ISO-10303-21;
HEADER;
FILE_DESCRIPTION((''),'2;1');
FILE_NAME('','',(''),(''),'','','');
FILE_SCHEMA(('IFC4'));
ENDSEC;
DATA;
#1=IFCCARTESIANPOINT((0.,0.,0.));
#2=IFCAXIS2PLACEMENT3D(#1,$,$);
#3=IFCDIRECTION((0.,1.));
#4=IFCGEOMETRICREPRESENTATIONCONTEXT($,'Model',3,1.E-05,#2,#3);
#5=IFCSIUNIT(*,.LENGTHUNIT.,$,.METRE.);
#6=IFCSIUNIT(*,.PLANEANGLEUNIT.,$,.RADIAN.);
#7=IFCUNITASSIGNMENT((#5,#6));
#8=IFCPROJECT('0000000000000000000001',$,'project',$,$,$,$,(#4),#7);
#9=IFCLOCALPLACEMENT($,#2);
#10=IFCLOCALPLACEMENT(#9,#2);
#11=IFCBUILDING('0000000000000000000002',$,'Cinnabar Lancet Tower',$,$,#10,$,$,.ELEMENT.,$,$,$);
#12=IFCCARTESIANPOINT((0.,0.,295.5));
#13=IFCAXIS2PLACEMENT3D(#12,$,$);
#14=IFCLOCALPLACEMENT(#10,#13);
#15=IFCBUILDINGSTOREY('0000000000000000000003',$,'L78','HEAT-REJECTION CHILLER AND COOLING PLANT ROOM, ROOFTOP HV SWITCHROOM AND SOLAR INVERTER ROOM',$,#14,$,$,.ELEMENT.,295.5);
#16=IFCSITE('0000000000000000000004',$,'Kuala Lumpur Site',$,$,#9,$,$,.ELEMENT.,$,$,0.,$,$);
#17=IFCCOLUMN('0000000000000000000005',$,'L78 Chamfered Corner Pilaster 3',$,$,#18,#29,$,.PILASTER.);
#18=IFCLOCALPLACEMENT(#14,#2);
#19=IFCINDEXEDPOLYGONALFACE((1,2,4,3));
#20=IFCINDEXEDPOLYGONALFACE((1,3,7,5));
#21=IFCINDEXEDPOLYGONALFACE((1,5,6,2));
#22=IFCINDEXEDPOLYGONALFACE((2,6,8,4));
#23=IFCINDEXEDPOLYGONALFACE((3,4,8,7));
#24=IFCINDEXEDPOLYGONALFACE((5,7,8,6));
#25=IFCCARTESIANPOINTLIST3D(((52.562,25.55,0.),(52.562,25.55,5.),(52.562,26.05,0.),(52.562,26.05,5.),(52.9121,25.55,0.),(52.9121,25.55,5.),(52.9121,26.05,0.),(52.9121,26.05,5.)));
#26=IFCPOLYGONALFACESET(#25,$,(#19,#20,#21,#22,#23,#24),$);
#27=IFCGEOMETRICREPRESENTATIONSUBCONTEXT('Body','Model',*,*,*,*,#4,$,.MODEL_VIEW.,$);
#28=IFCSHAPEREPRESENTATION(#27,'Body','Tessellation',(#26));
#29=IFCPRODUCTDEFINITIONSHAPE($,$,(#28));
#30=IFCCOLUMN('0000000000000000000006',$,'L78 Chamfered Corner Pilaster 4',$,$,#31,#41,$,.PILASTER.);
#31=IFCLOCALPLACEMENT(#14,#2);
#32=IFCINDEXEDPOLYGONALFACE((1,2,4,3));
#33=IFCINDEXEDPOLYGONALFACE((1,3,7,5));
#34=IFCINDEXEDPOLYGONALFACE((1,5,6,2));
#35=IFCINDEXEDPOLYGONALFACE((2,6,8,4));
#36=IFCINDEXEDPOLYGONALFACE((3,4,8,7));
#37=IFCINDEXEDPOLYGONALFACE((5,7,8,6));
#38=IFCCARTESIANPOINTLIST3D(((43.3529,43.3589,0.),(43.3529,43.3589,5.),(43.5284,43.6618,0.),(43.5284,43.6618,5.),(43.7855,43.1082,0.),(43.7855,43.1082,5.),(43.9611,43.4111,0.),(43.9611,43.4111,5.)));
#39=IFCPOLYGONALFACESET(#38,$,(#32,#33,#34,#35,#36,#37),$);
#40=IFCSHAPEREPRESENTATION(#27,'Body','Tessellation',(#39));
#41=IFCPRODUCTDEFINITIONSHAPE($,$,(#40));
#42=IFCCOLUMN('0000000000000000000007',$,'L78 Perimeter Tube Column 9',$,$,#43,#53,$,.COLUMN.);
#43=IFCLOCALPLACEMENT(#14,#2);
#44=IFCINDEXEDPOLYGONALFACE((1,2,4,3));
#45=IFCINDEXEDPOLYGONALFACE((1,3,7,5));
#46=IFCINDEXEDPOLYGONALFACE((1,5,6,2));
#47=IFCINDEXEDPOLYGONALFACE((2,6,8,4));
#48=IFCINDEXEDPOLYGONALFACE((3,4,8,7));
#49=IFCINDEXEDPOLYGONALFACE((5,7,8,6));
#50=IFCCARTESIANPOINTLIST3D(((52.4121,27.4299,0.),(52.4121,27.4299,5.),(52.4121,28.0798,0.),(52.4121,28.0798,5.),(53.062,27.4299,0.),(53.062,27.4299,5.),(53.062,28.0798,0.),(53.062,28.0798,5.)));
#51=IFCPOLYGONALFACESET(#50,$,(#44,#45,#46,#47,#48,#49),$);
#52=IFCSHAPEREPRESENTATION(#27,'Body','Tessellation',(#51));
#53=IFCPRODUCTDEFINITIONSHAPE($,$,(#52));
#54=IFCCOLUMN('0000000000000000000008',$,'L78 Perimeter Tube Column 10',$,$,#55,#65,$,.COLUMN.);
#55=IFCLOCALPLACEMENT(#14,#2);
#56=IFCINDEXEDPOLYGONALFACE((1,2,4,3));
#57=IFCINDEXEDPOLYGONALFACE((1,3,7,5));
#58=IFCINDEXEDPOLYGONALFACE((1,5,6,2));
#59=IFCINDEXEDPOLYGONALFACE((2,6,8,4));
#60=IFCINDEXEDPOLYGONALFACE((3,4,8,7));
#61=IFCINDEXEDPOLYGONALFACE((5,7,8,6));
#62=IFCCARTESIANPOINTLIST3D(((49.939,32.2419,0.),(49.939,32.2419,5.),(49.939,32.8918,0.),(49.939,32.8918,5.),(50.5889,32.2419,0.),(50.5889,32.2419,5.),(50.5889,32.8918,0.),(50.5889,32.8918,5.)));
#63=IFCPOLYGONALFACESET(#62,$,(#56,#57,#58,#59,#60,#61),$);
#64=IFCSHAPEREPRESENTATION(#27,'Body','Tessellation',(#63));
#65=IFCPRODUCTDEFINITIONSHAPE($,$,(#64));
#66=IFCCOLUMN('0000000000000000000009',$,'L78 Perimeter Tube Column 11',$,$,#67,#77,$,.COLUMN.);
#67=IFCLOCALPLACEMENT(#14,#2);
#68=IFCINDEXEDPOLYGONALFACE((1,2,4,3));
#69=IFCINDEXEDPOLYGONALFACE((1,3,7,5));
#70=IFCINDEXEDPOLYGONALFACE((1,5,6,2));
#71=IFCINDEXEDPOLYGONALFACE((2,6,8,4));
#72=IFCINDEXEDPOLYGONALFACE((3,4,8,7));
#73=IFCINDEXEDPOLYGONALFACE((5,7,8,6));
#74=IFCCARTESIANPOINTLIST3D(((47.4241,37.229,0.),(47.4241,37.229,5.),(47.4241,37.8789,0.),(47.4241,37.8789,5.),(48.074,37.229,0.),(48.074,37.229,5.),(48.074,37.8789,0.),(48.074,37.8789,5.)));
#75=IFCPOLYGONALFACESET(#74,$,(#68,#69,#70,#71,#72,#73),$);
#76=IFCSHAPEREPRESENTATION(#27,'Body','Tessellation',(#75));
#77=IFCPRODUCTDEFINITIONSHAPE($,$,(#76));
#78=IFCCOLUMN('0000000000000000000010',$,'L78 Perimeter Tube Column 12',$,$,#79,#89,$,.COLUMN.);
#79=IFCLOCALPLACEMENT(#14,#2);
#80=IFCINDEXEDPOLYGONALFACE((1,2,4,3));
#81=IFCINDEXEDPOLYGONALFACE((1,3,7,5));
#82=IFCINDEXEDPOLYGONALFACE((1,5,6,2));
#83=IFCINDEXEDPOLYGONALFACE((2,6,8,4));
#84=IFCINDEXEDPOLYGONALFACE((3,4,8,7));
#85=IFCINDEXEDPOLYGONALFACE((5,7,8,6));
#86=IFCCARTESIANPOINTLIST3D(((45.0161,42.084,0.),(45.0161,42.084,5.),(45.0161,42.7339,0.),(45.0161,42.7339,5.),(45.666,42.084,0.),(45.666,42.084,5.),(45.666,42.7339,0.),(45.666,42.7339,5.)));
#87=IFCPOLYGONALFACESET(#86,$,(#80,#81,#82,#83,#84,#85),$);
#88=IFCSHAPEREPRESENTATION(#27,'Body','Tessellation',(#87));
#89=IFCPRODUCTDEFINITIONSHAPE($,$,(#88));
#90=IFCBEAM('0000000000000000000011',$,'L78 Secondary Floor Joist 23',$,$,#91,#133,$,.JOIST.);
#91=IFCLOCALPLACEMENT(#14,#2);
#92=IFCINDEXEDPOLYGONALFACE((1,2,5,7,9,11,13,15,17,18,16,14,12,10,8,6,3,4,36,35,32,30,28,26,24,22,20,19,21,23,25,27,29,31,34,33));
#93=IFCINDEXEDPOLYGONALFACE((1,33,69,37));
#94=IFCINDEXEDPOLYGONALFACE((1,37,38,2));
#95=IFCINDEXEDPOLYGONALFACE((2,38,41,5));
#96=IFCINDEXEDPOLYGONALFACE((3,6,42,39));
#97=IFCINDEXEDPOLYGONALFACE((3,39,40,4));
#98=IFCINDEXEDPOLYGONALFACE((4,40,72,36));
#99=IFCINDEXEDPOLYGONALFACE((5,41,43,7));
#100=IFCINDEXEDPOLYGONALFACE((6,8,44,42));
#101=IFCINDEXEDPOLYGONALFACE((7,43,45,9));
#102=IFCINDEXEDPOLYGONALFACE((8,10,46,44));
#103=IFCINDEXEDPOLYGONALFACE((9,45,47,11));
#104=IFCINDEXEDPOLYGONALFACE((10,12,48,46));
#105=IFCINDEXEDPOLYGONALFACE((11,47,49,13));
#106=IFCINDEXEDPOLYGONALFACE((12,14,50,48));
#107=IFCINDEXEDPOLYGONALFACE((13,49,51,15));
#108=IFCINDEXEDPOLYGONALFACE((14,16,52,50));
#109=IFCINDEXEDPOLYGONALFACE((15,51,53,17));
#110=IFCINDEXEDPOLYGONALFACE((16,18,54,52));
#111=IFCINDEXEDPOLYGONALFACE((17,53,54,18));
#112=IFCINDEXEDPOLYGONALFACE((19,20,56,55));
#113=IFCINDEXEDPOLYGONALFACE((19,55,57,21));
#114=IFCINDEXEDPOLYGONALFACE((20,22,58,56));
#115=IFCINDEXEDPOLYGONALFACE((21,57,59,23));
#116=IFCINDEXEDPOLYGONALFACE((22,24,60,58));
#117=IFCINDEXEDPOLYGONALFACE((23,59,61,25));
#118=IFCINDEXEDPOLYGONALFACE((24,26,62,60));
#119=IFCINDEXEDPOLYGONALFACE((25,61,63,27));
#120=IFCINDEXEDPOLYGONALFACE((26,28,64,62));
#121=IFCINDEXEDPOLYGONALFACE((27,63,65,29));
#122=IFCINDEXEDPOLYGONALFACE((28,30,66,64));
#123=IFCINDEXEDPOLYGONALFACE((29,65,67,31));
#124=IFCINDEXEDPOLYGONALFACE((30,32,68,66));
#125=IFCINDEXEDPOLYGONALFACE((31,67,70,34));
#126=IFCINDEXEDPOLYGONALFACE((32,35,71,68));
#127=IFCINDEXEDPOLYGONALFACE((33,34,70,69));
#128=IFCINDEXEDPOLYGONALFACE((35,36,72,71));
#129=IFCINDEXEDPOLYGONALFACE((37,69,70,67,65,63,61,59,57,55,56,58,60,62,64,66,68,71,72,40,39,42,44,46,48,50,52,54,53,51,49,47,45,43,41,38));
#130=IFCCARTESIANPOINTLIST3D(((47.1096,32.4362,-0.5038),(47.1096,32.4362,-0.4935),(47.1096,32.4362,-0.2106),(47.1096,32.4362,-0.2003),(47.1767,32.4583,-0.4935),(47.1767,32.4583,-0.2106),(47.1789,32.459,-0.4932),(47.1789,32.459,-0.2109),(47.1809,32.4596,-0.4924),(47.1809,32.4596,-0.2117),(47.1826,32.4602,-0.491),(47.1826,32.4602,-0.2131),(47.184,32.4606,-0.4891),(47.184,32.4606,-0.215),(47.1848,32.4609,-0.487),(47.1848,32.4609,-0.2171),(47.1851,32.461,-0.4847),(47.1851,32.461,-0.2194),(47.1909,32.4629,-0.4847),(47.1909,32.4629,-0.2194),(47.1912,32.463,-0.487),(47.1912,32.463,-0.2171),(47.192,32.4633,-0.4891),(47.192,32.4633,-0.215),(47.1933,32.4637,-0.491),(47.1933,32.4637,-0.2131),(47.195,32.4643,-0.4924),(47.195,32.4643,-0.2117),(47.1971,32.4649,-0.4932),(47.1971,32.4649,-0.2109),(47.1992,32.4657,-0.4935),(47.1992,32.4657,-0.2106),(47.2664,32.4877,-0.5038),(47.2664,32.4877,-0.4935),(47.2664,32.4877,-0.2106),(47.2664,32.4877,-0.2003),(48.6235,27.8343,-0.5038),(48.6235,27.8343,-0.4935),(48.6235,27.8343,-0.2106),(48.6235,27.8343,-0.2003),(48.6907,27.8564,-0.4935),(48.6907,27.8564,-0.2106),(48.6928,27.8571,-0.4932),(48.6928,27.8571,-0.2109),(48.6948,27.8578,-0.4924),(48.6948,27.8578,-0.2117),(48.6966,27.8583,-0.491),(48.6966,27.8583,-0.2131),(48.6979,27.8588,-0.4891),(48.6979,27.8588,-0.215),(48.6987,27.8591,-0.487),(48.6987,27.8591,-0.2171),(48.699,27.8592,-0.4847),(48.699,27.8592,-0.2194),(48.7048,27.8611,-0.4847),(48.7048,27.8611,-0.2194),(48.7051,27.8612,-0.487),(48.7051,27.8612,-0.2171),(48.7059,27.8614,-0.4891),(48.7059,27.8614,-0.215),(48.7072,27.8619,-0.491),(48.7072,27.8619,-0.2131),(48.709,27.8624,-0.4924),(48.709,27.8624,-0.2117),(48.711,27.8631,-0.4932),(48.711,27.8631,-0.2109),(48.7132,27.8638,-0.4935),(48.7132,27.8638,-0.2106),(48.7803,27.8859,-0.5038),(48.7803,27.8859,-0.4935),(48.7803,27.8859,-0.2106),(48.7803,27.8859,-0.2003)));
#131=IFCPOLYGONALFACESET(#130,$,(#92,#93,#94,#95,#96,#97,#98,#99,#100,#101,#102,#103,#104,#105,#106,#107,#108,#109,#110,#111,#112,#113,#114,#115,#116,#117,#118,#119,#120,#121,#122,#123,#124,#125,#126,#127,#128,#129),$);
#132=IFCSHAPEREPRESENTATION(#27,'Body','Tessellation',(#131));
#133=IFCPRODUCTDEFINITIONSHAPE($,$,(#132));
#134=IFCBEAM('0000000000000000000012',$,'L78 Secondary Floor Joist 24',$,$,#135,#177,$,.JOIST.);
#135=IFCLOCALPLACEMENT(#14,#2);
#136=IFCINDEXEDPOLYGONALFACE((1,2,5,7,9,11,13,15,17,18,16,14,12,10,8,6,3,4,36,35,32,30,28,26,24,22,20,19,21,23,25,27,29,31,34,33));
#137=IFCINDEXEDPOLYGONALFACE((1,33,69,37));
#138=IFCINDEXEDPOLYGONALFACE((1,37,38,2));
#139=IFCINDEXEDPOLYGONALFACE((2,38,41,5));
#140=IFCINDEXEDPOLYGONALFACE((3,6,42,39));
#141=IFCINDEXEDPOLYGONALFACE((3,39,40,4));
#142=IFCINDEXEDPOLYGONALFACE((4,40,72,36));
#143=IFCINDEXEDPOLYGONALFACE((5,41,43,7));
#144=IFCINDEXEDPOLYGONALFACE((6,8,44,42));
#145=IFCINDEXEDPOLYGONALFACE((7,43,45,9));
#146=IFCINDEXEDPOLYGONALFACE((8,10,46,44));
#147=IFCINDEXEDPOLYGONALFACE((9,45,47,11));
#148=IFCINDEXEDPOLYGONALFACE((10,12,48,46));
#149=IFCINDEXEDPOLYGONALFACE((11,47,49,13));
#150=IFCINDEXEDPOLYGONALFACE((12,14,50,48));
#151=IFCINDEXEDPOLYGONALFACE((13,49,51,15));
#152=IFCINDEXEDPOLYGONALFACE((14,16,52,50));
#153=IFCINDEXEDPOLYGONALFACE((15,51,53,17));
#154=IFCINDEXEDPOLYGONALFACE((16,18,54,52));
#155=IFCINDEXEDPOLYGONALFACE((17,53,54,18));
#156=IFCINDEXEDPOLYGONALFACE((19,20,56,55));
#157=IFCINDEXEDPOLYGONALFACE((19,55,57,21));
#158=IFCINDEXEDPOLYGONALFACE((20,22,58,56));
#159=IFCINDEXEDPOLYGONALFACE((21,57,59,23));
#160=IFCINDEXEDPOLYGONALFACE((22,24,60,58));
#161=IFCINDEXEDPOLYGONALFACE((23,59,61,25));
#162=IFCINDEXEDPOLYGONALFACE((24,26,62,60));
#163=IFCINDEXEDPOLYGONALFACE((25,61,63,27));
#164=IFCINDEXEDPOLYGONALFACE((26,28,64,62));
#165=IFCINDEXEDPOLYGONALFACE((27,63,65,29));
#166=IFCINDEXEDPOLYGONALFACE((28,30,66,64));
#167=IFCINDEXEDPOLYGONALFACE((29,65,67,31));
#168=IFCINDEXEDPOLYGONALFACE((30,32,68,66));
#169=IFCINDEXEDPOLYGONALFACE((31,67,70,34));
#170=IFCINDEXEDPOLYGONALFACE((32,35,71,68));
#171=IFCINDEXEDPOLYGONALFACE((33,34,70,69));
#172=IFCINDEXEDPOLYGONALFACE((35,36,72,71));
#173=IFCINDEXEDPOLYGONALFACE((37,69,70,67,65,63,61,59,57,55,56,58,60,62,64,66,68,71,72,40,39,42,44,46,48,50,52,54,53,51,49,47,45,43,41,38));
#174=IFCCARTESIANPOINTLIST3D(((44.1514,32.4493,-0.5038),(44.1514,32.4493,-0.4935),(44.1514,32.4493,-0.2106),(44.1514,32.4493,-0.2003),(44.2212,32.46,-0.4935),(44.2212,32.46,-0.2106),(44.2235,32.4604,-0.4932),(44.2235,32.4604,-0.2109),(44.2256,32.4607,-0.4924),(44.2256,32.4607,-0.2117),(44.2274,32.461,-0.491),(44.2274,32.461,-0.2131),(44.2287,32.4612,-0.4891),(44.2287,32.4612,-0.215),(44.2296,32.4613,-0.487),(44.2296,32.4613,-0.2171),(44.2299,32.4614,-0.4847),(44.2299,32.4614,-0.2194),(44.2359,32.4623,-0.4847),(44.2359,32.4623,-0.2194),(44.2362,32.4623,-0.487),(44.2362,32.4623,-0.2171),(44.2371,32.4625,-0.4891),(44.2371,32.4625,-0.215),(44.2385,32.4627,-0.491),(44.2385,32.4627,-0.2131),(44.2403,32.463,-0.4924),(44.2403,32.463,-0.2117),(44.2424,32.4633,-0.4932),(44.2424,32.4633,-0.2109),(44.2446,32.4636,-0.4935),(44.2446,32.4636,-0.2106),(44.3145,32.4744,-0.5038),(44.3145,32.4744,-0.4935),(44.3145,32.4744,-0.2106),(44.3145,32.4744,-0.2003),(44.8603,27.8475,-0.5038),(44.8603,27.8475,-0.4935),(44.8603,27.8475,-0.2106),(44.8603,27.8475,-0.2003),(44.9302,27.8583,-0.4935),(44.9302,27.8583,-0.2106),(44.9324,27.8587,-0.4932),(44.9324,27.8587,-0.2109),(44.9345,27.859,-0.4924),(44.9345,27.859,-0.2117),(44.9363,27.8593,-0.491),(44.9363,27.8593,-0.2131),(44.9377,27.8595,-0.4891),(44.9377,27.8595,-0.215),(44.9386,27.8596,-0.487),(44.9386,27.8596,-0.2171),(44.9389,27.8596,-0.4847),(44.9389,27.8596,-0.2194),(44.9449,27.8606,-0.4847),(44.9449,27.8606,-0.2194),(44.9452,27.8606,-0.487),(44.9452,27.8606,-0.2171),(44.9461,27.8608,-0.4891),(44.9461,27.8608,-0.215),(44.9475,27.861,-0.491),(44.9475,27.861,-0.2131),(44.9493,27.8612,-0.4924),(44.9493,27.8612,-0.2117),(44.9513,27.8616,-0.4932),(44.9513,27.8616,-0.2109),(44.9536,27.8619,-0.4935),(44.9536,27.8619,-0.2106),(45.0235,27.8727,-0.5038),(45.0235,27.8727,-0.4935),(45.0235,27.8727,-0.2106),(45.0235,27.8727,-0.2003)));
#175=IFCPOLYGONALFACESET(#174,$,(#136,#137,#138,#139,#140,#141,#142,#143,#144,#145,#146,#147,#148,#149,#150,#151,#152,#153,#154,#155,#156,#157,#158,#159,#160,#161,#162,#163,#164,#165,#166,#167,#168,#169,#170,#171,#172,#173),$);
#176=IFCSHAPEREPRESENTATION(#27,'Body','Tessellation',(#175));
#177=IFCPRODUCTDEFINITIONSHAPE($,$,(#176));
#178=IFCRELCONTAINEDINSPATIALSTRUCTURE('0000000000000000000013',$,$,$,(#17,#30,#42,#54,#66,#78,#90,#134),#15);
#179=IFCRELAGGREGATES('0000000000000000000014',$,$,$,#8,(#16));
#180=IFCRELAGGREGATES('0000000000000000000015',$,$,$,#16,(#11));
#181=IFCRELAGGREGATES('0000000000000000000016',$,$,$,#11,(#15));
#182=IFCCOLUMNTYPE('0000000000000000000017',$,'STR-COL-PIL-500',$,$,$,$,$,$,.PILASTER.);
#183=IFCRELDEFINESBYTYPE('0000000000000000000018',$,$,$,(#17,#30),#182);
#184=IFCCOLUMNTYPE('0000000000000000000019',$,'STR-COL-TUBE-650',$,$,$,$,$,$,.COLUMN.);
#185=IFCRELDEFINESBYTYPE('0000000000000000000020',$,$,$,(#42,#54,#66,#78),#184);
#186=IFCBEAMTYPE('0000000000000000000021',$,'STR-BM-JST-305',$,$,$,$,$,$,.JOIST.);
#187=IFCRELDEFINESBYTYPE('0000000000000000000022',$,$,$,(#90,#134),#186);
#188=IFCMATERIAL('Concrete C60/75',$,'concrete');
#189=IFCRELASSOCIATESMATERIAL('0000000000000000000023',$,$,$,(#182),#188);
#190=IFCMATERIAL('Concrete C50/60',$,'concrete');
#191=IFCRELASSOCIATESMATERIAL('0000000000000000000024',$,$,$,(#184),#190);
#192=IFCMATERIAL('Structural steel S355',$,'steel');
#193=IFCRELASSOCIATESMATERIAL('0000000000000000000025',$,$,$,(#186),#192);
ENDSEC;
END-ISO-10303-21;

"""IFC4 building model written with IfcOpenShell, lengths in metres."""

from ifc_helpers import new_model, si_unit, direction, frame, origin, origin_2d, place, context, subcontext, project, spatial, rectangle, i_section, extrude, material, material_profile, profile_set, type_object, element, save


model = new_model("IFC4")

# Units and contexts
model_context = context("Model", 3, precision=1e-05, world=origin(), true_north=direction((0.0, 1.0)))
body_context = subcontext(model_context, "Body", "Model", "MODEL_VIEW")
ifc_project = project(units=[si_unit("LENGTHUNIT", "METRE"), si_unit("PLANEANGLEUNIT", "RADIAN")], contexts=[model_context])

# Site, building, storey
site_placement = place(None, origin())
site = spatial("IfcSite", under=ifc_project, at=site_placement, Name="Kuala Lumpur Site", CompositionType="ELEMENT", RefElevation=0.0)
building_placement = place(site_placement, origin())
building = spatial("IfcBuilding", under=site, at=building_placement, Name="Cinnabar Lancet Tower", CompositionType="ELEMENT")
storey_placement = place(building_placement, frame((0.0, 0.0, 295.5)))
storey = spatial("IfcBuildingStorey", under=building, at=storey_placement, Name="L78", Description="HEAT-REJECTION CHILLER AND COOLING PLANT ROOM, ROOFTOP HV SWITCHROOM AND SOLAR INVERTER ROOM", CompositionType="ELEMENT", Elevation=295.5)

# Columns
ifc_material_1 = material(Name="Concrete C60/75", Category="concrete")
ifc_material_profile_1 = material_profile(ifc_material_1, rectangle(XDim=0.5, YDim=0.3501, at=origin_2d()), Name="RC-PIL 500x350")
ifc_profile_set_1 = profile_set([ifc_material_profile_1], Name="Concrete C60/75")
column_type_1 = type_object("IfcColumnType", Name="STR-COL-PIL-500", PredefinedType="PILASTER", material=ifc_profile_set_1)
for number, where, z_axis, x_axis, name in (
    (1, (52.7371, 25.8, 0.0), (0.0, 0.0, 1.0), (0.0, 1.0, 0.0), "L78 Chamfered Corner Pilaster 3"),
    (2, (43.657, 43.385, 0.0), (0.0, 0.0, 1.0), (-0.865256, 0.50133, 0.0), "L78 Chamfered Corner Pilaster 4"),
):
    element("IfcColumn", number, at=place(storey_placement, frame(where, z_axis=z_axis, x_axis=x_axis)), inside=storey, type_object=column_type_1, Name=name, PredefinedType="PILASTER", context=body_context, shape_type="SweptSolid", body=[
        extrude(rectangle(XDim=0.5, YDim=0.3501, at=origin_2d()), origin(), (0.0, 0.0, 1.0), 5.0),
    ])
ifc_material_2 = material(Name="Concrete C50/60", Category="concrete")
ifc_material_profile_2 = material_profile(ifc_material_2, rectangle(XDim=0.6499, YDim=0.6499, at=origin_2d()), Name="RC-COL 650x650")
ifc_profile_set_2 = profile_set([ifc_material_profile_2], Name="Concrete C50/60")
column_type_2 = type_object("IfcColumnType", Name="STR-COL-TUBE-650", PredefinedType="COLUMN", material=ifc_profile_set_2)
for number, where, z_axis, x_axis, name in (
    (3, (52.7371, 27.7549, 0.0), (0.0, 0.0, 1.0), (1.0, 0.0, 0.0), "L78 Perimeter Tube Column 9"),
    (4, (50.2639, 32.5669, 0.0), (0.0, 0.0, 1.0), (1.0, 0.0, 0.0), "L78 Perimeter Tube Column 10"),
    (5, (47.749, 37.554, 0.0), (0.0, 0.0, 1.0), (1.0, 0.0, 0.0), "L78 Perimeter Tube Column 11"),
    (6, (45.3411, 42.4089, 0.0), (0.0, 0.0, 1.0), (1.0, 0.0, 0.0), "L78 Perimeter Tube Column 12"),
):
    element("IfcColumn", number, at=place(storey_placement, frame(where, z_axis=z_axis, x_axis=x_axis)), inside=storey, type_object=column_type_2, Name=name, PredefinedType="COLUMN", context=body_context, shape_type="SweptSolid", body=[
        extrude(rectangle(XDim=0.6499, YDim=0.6499, at=origin_2d()), origin(), (0.0, 0.0, 1.0), 5.0),
    ])

# Beams
ifc_material_3 = material(Name="Structural steel S355", Category="steel")
ifc_material_profile_3 = material_profile(ifc_material_3, i_section(OverallWidth=0.165, OverallDepth=0.3035, WebThickness=0.0061, FlangeThickness=0.0103, FilletRadius=0.0088, at=origin_2d()), Name="UKB 305x165x40")
ifc_profile_set_3 = profile_set([ifc_material_profile_3], Name="Structural steel S355")
beam_type_1 = type_object("IfcBeamType", Name="STR-BM-JST-305", PredefinedType="JOIST", material=ifc_profile_set_3)
beam_1_placement = place(storey_placement, frame((48.7019, 27.8601, -0.3521), z_axis=(-0.312506, 0.949916, 0.0), x_axis=(-0.949916, -0.312506, 0.0)))
element("IfcBeam", 7, at=beam_1_placement, inside=storey, type_object=beam_type_1, Name="L78 Secondary Floor Joist 23", PredefinedType="JOIST", context=body_context, shape_type="SweptSolid", body=[
    extrude(i_section(OverallWidth=0.165, OverallDepth=0.3035, WebThickness=0.0061, FlangeThickness=0.0103, FilletRadius=0.0088, at=origin_2d()), origin(), (0.0, 0.0, 1.0), 4.8445),
])
beam_2_placement = place(storey_placement, frame((44.9419, 27.8601, -0.3521), z_axis=(-0.15227, 0.988339, 0.0), x_axis=(-0.988339, -0.15227, 0.0)))
element("IfcBeam", 8, at=beam_2_placement, inside=storey, type_object=beam_type_1, Name="L78 Secondary Floor Joist 24", PredefinedType="JOIST", context=body_context, shape_type="SweptSolid", body=[
    extrude(i_section(OverallWidth=0.165, OverallDepth=0.3035, WebThickness=0.0061, FlangeThickness=0.0103, FilletRadius=0.0088, at=origin_2d()), origin(), (0.0, 0.0, 1.0), 4.656),
])

save(model, "model.ifc")
